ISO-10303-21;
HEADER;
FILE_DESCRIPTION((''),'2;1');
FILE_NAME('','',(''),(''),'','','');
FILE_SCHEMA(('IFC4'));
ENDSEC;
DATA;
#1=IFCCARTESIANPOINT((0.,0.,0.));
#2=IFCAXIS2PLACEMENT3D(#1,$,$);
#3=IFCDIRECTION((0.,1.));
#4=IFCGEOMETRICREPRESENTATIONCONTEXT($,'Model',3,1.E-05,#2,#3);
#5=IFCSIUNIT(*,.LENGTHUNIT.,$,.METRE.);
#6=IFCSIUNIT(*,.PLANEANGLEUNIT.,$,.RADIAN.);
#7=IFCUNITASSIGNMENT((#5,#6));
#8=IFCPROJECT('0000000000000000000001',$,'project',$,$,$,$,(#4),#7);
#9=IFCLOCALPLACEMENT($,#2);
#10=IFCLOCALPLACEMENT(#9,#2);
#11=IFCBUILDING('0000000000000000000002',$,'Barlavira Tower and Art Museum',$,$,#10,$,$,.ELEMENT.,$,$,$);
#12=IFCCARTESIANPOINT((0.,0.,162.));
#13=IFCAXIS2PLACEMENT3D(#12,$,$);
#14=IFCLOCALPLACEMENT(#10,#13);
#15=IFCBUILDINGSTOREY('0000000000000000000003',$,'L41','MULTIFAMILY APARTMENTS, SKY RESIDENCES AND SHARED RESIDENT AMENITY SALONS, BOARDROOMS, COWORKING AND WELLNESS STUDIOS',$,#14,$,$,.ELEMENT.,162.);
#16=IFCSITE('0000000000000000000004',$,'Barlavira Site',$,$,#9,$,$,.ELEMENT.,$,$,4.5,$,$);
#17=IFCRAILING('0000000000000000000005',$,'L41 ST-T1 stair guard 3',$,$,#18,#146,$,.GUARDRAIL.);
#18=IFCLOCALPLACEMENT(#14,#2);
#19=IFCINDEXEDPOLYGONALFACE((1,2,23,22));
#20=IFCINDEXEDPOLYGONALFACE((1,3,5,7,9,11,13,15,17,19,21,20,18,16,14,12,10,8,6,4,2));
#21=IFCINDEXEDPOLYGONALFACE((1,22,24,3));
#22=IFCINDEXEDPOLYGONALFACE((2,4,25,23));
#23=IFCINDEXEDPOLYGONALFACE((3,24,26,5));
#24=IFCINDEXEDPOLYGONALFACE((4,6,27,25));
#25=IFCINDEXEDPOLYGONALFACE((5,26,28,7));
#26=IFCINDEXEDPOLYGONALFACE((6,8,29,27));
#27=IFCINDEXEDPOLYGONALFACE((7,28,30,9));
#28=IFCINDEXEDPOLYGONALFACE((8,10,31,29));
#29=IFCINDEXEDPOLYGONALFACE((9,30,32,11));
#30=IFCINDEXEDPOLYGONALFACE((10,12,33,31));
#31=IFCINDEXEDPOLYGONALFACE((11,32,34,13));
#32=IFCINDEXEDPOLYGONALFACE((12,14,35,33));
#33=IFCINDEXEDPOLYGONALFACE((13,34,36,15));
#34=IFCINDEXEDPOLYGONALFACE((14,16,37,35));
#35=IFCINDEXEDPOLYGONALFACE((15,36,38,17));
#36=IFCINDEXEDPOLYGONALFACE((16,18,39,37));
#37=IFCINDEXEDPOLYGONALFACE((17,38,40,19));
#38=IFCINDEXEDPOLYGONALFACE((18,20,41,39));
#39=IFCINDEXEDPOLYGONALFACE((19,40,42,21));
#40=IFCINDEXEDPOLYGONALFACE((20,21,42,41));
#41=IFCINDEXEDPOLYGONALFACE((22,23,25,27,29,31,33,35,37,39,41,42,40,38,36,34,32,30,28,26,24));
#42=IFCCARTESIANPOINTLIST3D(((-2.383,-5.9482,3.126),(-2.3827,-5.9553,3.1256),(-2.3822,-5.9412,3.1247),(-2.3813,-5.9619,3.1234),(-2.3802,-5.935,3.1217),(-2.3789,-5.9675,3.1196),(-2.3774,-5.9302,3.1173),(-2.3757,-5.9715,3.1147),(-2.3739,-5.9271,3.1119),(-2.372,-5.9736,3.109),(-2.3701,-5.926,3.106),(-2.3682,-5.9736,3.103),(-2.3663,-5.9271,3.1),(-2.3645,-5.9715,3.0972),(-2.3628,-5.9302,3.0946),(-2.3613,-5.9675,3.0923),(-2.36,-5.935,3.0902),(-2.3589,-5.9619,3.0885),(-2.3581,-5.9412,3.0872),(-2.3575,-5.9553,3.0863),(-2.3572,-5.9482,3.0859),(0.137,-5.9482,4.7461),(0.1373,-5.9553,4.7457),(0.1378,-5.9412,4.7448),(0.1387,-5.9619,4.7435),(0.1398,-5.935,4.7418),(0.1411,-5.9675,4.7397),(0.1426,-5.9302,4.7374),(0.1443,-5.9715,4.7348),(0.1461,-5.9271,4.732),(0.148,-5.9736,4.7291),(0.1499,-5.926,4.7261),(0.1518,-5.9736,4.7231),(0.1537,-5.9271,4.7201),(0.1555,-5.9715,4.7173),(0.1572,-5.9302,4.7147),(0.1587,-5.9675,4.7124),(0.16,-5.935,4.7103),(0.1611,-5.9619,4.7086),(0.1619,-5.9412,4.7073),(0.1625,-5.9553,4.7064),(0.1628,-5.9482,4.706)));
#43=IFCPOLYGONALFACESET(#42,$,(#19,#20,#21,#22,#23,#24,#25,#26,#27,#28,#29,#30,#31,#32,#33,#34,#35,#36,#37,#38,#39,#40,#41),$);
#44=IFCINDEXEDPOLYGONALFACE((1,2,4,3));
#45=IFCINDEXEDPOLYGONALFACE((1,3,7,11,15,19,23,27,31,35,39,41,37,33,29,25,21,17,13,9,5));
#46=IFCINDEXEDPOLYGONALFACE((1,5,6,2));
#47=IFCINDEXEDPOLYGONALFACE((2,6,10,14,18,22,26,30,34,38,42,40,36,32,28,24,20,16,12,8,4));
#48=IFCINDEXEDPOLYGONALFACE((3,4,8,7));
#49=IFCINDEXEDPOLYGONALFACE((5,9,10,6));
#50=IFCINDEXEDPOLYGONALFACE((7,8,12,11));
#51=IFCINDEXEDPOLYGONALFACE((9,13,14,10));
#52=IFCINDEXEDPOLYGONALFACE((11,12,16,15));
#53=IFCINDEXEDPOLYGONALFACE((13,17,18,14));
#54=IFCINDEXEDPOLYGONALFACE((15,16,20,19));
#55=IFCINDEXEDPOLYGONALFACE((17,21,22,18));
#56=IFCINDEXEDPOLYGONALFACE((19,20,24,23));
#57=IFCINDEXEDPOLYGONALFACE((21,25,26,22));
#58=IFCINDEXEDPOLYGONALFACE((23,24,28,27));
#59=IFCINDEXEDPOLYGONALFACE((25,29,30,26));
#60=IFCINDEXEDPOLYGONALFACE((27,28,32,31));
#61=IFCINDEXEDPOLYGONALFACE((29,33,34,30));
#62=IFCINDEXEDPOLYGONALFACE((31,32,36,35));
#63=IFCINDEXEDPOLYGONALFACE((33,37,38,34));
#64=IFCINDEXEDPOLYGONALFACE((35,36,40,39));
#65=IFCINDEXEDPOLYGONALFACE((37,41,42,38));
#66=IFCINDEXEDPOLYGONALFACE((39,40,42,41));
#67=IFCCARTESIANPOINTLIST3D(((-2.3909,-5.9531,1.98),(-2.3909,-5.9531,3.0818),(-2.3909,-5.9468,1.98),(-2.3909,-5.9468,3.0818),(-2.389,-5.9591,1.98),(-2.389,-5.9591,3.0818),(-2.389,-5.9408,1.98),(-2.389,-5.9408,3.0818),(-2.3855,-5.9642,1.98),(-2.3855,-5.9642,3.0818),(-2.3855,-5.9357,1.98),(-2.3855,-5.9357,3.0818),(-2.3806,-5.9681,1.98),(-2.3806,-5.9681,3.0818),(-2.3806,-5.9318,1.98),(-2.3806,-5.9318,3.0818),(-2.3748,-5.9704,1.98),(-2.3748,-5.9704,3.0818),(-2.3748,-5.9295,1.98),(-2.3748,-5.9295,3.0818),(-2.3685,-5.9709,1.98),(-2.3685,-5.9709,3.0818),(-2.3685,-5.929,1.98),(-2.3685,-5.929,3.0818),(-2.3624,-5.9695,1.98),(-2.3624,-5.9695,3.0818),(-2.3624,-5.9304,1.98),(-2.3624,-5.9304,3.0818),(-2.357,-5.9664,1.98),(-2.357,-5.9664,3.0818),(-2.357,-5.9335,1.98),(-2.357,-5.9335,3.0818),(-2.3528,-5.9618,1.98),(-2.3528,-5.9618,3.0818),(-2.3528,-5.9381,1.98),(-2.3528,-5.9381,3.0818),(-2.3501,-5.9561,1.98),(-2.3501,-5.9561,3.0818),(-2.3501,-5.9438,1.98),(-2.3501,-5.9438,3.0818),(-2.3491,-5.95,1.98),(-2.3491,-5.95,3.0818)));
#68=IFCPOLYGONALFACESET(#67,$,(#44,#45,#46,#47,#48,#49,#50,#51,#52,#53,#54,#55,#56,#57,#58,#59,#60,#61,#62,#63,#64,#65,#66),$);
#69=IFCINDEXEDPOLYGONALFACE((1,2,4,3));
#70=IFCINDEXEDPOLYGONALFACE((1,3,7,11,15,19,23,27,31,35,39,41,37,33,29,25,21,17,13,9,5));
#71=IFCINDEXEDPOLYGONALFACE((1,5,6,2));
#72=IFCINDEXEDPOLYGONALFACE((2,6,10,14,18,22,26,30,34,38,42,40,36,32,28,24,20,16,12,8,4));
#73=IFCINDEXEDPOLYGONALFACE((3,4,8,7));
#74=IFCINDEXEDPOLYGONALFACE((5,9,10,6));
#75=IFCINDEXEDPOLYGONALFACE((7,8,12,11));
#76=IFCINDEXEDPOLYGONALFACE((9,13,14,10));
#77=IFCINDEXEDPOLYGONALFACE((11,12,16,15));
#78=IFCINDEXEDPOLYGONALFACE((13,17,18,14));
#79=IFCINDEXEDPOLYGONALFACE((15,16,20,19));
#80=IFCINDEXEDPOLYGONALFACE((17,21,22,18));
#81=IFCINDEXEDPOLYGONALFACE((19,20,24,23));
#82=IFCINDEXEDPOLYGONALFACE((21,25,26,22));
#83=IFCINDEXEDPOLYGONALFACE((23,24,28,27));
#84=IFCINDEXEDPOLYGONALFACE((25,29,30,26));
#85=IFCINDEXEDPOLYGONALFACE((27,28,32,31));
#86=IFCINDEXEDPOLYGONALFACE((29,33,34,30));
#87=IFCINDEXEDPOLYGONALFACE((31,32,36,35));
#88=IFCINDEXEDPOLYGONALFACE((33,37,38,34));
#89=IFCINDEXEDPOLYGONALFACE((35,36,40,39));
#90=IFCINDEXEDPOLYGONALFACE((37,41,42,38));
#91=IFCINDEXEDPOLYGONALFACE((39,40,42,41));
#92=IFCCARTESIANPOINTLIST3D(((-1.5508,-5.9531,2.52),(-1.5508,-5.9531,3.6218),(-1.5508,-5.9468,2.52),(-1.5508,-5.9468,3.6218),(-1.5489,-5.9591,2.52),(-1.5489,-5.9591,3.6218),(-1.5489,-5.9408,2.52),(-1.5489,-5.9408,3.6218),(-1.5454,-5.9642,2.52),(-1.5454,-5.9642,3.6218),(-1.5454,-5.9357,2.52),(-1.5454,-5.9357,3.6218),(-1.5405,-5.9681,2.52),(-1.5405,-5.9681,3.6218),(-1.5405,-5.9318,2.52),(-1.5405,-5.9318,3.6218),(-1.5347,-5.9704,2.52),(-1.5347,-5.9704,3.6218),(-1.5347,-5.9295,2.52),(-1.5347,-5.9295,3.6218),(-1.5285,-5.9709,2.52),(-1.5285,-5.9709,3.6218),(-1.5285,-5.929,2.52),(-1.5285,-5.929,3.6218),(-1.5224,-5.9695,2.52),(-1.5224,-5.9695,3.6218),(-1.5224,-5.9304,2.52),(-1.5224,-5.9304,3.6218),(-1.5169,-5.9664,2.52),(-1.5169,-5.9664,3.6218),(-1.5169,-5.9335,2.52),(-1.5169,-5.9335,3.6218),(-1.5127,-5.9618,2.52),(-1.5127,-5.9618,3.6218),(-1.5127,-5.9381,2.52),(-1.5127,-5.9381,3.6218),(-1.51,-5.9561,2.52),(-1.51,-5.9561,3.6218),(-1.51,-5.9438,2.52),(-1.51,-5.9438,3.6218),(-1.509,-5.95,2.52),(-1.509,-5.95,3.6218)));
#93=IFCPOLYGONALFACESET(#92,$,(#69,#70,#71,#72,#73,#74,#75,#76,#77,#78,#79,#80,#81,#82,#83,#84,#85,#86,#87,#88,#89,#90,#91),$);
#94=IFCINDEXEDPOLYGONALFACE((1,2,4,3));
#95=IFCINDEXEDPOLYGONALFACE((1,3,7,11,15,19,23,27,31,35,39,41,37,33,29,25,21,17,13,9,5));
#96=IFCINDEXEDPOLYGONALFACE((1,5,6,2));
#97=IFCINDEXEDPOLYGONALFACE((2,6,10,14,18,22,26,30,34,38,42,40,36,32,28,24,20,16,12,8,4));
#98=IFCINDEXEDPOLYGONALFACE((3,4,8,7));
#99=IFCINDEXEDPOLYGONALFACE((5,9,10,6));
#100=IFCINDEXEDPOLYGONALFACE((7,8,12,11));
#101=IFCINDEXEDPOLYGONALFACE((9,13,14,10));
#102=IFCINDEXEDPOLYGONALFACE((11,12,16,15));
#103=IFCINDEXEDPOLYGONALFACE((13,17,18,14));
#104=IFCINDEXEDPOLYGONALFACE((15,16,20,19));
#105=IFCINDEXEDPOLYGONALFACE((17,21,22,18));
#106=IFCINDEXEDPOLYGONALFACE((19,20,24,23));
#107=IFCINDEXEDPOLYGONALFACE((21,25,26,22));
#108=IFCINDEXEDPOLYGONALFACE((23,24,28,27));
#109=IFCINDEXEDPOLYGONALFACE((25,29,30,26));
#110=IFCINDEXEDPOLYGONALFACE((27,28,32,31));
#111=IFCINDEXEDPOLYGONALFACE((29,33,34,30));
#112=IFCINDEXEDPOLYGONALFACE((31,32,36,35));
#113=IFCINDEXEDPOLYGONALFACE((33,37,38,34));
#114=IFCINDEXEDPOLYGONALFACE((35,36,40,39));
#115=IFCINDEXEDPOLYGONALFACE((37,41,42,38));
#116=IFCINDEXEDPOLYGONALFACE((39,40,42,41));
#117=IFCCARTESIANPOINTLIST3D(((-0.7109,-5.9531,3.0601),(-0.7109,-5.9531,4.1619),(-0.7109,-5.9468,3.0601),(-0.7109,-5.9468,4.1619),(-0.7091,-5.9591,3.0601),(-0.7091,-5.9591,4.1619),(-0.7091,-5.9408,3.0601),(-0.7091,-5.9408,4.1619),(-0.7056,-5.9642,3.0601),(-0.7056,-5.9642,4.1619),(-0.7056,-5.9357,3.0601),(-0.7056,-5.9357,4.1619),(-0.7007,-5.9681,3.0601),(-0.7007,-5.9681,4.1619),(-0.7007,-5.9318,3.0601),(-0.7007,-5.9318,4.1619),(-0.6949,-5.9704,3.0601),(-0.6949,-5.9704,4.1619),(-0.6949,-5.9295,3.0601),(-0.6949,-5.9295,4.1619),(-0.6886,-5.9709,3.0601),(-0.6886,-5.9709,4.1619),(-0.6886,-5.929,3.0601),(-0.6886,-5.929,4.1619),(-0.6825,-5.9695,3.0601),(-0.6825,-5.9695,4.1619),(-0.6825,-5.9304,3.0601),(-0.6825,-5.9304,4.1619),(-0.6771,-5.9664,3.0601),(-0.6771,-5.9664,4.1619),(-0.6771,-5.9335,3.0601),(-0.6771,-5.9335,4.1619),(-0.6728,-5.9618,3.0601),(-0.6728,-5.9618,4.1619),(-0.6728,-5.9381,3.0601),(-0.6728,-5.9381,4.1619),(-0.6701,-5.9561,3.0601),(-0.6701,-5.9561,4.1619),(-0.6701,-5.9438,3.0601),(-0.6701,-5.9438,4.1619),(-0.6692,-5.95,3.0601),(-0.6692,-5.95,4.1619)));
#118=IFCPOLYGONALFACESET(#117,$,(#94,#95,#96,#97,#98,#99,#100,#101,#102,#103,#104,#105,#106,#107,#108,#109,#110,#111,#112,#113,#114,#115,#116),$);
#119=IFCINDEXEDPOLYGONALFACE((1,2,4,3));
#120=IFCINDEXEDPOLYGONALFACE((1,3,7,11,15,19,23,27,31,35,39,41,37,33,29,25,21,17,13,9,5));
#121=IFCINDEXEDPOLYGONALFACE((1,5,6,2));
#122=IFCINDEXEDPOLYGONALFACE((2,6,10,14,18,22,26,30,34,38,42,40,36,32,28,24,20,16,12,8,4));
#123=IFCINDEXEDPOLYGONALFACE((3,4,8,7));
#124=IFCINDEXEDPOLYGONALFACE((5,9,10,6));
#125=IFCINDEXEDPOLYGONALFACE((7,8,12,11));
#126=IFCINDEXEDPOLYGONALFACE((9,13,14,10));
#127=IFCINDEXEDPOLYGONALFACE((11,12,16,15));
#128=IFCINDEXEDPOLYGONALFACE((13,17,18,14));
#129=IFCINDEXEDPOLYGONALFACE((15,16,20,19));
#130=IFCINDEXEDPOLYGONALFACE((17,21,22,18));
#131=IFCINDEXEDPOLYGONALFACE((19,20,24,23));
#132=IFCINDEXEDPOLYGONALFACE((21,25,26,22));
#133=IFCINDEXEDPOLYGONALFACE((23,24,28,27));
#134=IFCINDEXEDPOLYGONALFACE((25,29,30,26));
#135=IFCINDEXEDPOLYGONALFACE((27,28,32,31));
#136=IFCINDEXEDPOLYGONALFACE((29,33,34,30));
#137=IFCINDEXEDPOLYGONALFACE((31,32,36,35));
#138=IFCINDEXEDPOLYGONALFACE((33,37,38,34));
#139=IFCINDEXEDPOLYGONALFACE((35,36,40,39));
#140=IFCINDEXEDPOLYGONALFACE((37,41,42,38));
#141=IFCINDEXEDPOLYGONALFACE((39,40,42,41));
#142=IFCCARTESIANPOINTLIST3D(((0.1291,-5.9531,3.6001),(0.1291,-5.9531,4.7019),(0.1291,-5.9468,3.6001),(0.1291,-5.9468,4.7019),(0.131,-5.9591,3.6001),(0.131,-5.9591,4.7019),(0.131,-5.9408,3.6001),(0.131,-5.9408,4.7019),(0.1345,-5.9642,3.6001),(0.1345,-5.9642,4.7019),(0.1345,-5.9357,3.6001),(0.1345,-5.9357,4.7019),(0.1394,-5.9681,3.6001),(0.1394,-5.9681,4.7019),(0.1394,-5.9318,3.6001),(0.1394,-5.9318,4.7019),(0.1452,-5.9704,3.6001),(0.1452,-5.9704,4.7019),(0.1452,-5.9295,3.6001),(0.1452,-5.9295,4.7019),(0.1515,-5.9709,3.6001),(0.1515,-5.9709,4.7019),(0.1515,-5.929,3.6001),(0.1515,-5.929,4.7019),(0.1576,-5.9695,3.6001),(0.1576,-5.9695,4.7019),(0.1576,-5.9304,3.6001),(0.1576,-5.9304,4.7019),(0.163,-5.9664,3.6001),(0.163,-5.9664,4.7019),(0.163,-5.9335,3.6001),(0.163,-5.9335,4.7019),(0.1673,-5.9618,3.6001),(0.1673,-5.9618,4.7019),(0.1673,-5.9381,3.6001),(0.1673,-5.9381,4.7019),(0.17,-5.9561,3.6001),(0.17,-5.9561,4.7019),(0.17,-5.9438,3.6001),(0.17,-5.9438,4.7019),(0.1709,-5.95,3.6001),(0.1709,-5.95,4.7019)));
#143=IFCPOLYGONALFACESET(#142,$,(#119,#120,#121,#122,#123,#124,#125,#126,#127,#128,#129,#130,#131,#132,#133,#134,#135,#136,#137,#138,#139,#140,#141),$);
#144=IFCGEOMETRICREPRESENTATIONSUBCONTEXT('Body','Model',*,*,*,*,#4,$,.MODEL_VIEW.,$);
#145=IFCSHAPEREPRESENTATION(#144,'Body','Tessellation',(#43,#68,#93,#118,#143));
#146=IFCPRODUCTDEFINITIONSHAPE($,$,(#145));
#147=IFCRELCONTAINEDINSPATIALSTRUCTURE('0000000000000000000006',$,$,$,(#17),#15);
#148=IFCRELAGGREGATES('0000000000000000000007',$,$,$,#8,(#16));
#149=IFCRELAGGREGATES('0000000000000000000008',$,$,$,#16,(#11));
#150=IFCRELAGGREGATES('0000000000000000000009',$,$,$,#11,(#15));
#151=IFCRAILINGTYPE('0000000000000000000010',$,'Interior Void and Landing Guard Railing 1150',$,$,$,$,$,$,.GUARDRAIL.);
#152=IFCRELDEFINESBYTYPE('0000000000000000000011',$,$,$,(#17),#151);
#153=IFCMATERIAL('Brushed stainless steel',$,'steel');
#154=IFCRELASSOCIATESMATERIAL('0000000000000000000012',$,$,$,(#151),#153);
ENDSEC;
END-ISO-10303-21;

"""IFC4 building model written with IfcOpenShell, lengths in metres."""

from ifc_helpers import new_model, si_unit, direction, frame, origin, origin_2d, place, context, subcontext, project, spatial, circle, extrude, material, type_object, element, save


model = new_model("IFC4")

# Units and contexts
model_context = context("Model", 3, precision=1e-05, world=origin(), true_north=direction((0.0, 1.0)))
body_context = subcontext(model_context, "Body", "Model", "MODEL_VIEW")
ifc_project = project(units=[si_unit("LENGTHUNIT", "METRE"), si_unit("PLANEANGLEUNIT", "RADIAN")], contexts=[model_context])

# Site, building, storey
site_placement = place(None, origin())
site = spatial("IfcSite", under=ifc_project, at=site_placement, Name="Barlavira Site", CompositionType="ELEMENT", RefElevation=4.5)
building_placement = place(site_placement, origin())
building = spatial("IfcBuilding", under=site, at=building_placement, Name="Barlavira Tower and Art Museum", CompositionType="ELEMENT")
storey_placement = place(building_placement, frame((0.0, 0.0, 162.0)))
storey = spatial("IfcBuildingStorey", under=building, at=storey_placement, Name="L41", Description="MULTIFAMILY APARTMENTS, SKY RESIDENCES AND SHARED RESIDENT AMENITY SALONS, BOARDROOMS, COWORKING AND WELLNESS STUDIOS", CompositionType="ELEMENT", Elevation=162.0)

# Shared definitions
ifc_material_1 = material(Name="Brushed stainless steel", Category="steel")

# Railing
railing_type_1 = type_object("IfcRailingType", Name="Interior Void and Landing Guard Railing 1150", PredefinedType="GUARDRAIL", material=ifc_material_1)
railing_1_placement = place(storey_placement, frame((-2.3701, -5.95, 1.98)))
element("IfcRailing", 1, at=railing_1_placement, inside=storey, type_object=railing_type_1, Name="L41 ST-T1 stair guard 3", PredefinedType="GUARDRAIL", context=body_context, shape_type="SweptSolid", body=[
    extrude(circle(Radius=0.0239, at=origin_2d()), frame((0.0, 0.0, 1.126), z_axis=(0.841163, 0.0, 0.540782), x_axis=(0.0, 1.0, 0.0)), (0.0, 0.0, 1.0), 2.9958),
    extrude(circle(Radius=0.021, at=origin_2d()), origin(), (0.0, 0.0, 1.0), 1.1018),
    extrude(circle(Radius=0.021, at=origin_2d()), frame((0.8401, 0.0, 0.54)), (0.0, 0.0, 1.0), 1.1018),
    extrude(circle(Radius=0.021, at=origin_2d()), frame((1.6799, 0.0, 1.0801)), (0.0, 0.0, 1.0), 1.1018),
    extrude(circle(Radius=0.021, at=origin_2d()), frame((2.52, 0.0, 1.6201)), (0.0, 0.0, 1.0), 1.1018),
])

save(model, "model.ifc")
